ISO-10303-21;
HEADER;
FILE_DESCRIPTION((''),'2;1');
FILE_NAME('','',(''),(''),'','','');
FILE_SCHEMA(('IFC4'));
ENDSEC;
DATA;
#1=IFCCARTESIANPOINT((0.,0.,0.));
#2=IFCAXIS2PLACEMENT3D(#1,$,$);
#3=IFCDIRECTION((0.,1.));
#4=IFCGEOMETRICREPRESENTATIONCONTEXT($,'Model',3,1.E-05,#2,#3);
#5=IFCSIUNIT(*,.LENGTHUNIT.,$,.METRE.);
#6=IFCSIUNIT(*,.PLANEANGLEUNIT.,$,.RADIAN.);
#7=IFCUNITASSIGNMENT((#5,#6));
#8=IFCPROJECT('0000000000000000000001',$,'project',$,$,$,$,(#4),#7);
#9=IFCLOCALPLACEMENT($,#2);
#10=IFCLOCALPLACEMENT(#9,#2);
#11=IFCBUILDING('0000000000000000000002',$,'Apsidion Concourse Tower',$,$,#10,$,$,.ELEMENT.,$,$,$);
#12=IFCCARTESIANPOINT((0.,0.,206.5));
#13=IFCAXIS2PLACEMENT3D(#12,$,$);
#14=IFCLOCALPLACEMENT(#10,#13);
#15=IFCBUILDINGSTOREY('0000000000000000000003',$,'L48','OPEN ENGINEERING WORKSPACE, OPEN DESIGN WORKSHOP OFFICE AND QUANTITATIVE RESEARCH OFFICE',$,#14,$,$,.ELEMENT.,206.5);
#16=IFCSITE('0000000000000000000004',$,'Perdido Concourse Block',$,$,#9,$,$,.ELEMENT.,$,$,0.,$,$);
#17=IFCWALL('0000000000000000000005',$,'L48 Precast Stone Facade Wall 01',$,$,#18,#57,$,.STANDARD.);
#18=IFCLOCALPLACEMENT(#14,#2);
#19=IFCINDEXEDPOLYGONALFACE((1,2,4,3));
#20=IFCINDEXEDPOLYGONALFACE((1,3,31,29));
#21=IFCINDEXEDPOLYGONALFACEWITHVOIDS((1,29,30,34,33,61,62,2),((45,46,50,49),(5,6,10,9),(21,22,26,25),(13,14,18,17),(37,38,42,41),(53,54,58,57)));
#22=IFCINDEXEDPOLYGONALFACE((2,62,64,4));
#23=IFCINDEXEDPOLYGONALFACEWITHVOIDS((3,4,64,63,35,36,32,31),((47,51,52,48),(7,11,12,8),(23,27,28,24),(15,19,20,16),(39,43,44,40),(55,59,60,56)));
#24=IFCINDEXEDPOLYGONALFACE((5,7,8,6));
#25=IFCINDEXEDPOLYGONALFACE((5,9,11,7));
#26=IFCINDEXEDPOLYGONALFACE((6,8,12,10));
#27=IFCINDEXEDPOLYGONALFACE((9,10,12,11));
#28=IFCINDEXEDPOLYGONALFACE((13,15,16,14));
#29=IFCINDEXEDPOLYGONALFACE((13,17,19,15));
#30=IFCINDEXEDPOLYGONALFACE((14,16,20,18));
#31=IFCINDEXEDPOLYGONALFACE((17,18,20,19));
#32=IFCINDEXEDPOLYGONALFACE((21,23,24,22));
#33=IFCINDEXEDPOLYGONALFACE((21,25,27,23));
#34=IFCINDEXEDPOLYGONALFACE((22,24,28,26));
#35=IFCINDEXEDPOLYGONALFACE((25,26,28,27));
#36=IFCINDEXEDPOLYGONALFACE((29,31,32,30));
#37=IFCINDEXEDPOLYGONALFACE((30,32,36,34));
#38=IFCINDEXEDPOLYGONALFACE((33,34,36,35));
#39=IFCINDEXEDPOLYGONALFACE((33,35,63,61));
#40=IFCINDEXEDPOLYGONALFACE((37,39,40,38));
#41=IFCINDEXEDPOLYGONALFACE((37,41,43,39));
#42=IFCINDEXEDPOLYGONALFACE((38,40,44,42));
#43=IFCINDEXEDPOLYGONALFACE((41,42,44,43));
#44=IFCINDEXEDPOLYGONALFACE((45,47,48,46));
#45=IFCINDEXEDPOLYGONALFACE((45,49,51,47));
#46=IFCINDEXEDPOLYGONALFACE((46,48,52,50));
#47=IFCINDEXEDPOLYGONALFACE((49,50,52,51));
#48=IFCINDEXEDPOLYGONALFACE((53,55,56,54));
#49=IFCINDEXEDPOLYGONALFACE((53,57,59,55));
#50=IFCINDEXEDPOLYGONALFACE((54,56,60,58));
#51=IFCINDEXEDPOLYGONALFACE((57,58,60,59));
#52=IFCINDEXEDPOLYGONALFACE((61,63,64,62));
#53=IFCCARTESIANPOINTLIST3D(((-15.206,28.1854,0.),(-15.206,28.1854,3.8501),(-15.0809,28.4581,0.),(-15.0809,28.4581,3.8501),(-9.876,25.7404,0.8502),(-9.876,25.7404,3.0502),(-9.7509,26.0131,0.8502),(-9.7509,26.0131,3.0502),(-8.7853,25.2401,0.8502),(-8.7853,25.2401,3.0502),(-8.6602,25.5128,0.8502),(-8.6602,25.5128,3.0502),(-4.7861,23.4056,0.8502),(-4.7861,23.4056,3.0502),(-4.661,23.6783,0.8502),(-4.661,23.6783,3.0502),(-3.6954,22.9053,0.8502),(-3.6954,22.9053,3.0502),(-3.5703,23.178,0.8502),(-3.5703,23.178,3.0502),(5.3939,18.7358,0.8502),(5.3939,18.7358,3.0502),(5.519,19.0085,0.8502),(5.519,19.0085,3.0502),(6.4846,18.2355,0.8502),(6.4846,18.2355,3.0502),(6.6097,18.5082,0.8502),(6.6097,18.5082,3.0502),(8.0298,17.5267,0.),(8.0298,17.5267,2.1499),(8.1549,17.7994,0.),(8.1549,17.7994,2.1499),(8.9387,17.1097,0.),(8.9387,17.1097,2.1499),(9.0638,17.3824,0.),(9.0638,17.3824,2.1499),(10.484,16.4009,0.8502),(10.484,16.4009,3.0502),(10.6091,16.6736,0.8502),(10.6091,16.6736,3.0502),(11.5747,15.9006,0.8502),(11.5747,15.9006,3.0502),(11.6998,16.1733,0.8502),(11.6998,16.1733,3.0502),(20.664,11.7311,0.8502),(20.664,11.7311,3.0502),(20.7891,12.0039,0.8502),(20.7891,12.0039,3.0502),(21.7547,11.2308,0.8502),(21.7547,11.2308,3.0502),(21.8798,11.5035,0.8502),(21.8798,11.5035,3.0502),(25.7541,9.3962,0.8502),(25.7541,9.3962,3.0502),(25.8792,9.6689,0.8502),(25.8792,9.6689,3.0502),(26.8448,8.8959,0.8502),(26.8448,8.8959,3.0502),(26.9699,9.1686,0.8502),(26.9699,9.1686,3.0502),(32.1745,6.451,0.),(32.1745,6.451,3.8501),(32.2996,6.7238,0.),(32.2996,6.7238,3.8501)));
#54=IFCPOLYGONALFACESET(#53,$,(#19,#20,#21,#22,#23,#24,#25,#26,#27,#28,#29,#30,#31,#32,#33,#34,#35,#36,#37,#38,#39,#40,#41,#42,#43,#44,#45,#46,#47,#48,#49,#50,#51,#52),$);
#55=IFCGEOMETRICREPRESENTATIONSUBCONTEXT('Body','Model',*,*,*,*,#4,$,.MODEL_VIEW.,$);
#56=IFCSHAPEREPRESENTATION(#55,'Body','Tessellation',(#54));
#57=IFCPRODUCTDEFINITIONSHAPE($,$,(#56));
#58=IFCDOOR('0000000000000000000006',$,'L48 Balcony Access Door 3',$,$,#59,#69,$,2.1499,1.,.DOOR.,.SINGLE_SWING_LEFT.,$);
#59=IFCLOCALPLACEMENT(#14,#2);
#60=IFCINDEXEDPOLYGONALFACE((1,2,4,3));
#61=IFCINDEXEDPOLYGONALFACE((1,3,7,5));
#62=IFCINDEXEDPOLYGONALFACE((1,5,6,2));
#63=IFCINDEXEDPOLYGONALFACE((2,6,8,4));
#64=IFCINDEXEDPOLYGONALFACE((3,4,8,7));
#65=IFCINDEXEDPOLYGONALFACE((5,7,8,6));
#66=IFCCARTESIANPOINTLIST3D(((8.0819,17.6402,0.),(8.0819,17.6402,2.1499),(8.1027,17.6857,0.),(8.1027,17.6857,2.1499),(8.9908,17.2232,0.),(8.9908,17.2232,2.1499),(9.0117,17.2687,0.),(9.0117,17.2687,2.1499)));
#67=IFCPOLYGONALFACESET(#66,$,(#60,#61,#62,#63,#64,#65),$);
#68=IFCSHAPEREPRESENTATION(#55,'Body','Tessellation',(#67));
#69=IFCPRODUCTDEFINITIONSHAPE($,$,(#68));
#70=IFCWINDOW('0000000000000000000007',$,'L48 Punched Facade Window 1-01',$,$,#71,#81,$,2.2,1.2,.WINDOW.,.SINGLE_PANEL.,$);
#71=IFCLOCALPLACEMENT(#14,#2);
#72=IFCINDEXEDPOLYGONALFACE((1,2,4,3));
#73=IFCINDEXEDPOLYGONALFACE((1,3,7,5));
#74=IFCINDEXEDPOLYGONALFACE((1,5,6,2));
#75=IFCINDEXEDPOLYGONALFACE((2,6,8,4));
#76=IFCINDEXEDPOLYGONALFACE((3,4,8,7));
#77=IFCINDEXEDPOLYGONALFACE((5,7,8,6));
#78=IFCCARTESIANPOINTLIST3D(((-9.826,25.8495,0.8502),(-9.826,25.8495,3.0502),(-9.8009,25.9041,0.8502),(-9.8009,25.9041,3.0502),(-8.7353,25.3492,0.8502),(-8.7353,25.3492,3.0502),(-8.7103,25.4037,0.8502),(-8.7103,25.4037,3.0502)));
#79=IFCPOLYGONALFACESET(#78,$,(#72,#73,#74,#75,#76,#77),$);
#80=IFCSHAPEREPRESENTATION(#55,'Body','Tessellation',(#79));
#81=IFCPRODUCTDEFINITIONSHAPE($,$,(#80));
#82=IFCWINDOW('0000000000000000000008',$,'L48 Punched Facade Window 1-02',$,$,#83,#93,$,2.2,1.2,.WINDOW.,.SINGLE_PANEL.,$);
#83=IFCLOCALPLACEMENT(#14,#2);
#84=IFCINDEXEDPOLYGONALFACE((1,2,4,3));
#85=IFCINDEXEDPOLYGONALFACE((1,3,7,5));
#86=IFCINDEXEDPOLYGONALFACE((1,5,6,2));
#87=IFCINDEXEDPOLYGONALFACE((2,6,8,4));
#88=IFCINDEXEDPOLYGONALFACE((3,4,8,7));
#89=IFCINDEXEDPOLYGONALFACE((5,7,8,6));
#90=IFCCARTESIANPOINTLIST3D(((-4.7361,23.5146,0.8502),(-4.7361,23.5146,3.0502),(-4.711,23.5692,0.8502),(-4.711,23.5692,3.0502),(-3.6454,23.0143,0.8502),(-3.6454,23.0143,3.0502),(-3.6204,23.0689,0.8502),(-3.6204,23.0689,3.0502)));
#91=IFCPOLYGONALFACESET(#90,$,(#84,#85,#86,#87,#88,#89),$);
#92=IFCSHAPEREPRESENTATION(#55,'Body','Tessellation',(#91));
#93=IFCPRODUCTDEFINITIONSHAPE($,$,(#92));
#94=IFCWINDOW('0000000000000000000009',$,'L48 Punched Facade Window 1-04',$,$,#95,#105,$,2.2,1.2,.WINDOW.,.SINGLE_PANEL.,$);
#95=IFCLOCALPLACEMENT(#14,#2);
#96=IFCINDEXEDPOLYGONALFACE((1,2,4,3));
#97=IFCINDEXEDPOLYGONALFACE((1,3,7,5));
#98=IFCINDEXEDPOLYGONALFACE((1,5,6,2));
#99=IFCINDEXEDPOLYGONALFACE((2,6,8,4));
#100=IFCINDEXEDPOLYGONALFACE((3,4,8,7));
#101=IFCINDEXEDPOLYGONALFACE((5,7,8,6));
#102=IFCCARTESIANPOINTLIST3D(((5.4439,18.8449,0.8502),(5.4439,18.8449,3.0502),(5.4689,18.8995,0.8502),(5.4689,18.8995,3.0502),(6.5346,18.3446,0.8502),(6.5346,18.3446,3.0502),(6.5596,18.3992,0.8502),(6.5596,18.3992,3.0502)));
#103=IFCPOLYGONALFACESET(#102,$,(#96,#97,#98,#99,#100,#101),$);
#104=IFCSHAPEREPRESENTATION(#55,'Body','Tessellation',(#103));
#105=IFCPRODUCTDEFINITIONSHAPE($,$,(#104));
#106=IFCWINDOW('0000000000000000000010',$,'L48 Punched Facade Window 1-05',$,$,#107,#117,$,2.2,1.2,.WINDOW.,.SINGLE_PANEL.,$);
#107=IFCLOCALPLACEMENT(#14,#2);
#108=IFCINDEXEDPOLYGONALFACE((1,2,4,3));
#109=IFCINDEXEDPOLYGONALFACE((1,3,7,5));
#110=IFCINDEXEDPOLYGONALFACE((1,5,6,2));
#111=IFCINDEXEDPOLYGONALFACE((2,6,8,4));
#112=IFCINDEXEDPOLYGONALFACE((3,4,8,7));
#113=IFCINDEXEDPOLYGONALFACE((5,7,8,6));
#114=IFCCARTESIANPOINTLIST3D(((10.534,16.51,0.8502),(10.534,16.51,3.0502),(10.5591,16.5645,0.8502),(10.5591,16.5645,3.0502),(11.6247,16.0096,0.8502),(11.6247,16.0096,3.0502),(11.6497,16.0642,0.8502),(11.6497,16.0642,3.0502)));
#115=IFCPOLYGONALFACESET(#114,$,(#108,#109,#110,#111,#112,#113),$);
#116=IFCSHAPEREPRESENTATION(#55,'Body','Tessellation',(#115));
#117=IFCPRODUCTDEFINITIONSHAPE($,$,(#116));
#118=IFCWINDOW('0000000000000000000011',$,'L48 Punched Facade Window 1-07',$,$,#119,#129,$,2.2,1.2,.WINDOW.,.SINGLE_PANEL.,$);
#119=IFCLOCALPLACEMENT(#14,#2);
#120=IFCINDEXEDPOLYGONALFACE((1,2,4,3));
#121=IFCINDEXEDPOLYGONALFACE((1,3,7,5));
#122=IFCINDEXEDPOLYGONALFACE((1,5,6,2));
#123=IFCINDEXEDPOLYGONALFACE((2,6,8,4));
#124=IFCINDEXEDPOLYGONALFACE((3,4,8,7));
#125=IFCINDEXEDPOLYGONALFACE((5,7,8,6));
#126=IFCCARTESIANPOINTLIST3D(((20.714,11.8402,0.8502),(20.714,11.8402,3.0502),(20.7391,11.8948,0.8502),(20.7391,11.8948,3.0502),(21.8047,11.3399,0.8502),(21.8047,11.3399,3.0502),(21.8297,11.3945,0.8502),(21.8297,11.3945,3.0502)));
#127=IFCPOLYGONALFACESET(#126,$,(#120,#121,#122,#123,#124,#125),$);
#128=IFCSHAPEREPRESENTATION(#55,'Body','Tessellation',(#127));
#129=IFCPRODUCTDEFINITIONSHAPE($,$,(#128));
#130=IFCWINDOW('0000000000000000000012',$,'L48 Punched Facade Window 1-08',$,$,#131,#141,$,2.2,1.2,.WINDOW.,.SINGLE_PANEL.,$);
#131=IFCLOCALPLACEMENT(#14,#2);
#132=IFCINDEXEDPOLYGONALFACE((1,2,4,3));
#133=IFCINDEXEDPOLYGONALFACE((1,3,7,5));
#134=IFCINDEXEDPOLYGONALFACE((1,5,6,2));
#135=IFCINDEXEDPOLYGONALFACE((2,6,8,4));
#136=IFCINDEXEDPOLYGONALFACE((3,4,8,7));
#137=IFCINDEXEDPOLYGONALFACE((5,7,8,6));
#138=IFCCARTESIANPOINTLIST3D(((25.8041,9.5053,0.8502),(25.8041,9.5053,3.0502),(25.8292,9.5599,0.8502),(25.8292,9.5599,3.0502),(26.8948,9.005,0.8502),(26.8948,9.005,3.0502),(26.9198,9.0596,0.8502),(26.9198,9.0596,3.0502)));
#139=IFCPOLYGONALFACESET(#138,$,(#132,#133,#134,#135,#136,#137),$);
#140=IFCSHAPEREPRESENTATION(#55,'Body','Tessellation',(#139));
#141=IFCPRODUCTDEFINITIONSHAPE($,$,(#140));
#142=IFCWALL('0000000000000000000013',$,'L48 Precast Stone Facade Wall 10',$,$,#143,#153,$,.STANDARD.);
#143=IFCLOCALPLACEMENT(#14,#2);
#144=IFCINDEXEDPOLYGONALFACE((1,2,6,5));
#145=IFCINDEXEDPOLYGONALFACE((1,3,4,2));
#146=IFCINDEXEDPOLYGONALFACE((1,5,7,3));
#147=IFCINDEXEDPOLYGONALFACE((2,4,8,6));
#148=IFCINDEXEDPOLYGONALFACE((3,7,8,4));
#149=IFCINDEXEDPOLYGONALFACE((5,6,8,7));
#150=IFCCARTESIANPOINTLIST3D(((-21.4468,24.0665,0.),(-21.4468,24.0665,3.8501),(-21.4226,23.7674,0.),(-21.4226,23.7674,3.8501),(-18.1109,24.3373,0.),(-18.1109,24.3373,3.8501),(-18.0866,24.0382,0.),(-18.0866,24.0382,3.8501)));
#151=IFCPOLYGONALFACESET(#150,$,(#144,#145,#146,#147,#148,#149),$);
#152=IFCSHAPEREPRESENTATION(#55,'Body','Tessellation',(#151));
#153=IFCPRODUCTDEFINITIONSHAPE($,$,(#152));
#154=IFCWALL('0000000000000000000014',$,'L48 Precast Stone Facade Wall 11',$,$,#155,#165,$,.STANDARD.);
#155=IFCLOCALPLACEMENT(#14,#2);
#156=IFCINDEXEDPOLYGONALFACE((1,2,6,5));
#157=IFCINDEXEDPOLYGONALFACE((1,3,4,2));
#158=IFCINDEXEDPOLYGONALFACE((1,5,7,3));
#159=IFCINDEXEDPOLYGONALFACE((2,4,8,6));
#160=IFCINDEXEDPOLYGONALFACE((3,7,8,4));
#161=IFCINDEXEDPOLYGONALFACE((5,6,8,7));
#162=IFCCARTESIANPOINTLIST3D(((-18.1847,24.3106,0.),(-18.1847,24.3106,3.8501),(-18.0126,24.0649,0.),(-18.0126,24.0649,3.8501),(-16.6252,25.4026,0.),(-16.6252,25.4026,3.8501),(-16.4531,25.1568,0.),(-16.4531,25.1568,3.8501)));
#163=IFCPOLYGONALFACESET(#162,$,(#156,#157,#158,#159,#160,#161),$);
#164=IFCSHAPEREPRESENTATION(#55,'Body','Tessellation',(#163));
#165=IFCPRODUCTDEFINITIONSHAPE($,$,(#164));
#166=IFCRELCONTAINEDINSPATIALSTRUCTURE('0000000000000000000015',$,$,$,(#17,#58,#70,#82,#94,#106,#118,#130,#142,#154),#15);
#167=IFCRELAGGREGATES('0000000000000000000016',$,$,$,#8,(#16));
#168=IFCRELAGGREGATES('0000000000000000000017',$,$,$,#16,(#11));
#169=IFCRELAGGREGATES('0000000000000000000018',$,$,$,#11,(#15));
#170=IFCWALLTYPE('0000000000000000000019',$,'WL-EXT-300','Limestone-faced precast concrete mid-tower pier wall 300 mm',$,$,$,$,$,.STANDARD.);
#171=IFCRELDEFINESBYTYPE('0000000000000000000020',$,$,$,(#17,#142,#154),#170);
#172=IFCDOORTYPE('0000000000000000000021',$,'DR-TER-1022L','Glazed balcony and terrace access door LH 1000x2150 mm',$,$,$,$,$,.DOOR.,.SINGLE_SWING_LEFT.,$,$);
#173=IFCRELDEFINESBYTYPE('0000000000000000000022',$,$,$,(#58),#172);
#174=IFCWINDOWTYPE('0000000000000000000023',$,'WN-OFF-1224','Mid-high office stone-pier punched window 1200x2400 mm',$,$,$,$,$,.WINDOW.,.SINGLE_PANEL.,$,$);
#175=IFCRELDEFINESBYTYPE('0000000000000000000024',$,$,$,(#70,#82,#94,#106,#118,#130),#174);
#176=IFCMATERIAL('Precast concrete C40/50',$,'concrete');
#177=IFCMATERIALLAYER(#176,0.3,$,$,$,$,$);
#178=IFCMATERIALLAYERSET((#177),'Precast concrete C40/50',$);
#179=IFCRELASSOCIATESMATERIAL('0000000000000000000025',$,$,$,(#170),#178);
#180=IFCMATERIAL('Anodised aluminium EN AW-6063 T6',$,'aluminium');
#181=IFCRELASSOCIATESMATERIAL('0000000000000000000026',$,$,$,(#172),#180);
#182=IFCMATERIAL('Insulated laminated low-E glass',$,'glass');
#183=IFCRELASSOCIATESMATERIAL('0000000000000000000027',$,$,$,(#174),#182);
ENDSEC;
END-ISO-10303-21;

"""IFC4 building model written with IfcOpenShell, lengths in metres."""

from ifc_helpers import new_model, si_unit, direction, frame, frame_2d, origin, place, context, subcontext, project, spatial, rectangle, extrude, material, layer, layer_set, type_object, element, fill, save


model = new_model("IFC4")

# Units and contexts
model_context = context("Model", 3, precision=1e-05, world=origin(), true_north=direction((0.0, 1.0)))
body_context = subcontext(model_context, "Body", "Model", "MODEL_VIEW")
ifc_project = project(units=[si_unit("LENGTHUNIT", "METRE"), si_unit("PLANEANGLEUNIT", "RADIAN")], contexts=[model_context])

# Site, building, storey
site_placement = place(None, origin())
site = spatial("IfcSite", under=ifc_project, at=site_placement, Name="Perdido Concourse Block", CompositionType="ELEMENT", RefElevation=0.0)
building_placement = place(site_placement, origin())
building = spatial("IfcBuilding", under=site, at=building_placement, Name="Apsidion Concourse Tower", CompositionType="ELEMENT")
storey_placement = place(building_placement, frame((0.0, 0.0, 206.5)))
storey = spatial("IfcBuildingStorey", under=building, at=storey_placement, Name="L48", Description="OPEN ENGINEERING WORKSPACE, OPEN DESIGN WORKSHOP OFFICE AND QUANTITATIVE RESEARCH OFFICE", CompositionType="ELEMENT", Elevation=206.5)

# Wall, openings, door, windows
ifc_material_1 = material(Name="Precast concrete C40/50", Category="concrete")
ifc_layer = layer(ifc_material_1, 0.3)
ifc_layer_set = layer_set([ifc_layer], Name="Precast concrete C40/50")
wall_type = type_object("IfcWallType", Name="WL-EXT-300", Description="Limestone-faced precast concrete mid-tower pier wall 300 mm", PredefinedType="STANDARD", material=ifc_layer_set)
wall_1_placement = place(storey_placement, frame((-15.1436, 28.3218, 0.0), z_axis=(0.0, 0.0, 1.0), x_axis=(0.908932, -0.416944, 0.0)))
wall_1 = element("IfcWall", 1, at=wall_1_placement, inside=storey, type_object=wall_type, Name="L48 Precast Stone Facade Wall 01", PredefinedType="STANDARD", context=body_context, shape_type="SweptSolid", body=[
    extrude(rectangle(XDim=52.1277, YDim=0.3, at=frame_2d((26.064, 0.0))), origin(), (0.0, 0.0, 1.0), 3.8501),
])
opening_1_placement = place(wall_1_placement, frame((25.564, 0.0, 0.0)))
opening_1 = element("IfcOpeningElement", 2, at=opening_1_placement, cuts=wall_1, PredefinedType="OPENING", context=body_context, shape_type="SweptSolid", body=[
    extrude(rectangle(XDim=1.0, YDim=2.1499, at=frame_2d((0.5, 1.075))), frame((0.0, 0.1602, 0.0), z_axis=(0.0, -1.0, 0.0), x_axis=(1.0, 0.0, 0.0)), (0.0, 0.0, 1.0), 0.3201),
])
opening_2_placement = place(wall_1_placement, frame((5.864, 0.0, 0.8501)))
opening_2 = element("IfcOpeningElement", 3, at=opening_2_placement, cuts=wall_1, PredefinedType="OPENING", context=body_context, shape_type="SweptSolid", body=[
    extrude(rectangle(XDim=1.2, YDim=2.2, at=frame_2d((0.6001, 1.1001))), frame((0.0, 0.1602, 0.0), z_axis=(0.0, -1.0, 0.0), x_axis=(1.0, 0.0, 0.0)), (0.0, 0.0, 1.0), 0.3201),
])
opening_3_placement = place(wall_1_placement, frame((11.4639, 0.0, 0.8501)))
opening_3 = element("IfcOpeningElement", 4, at=opening_3_placement, cuts=wall_1, PredefinedType="OPENING", context=body_context, shape_type="SweptSolid", body=[
    extrude(rectangle(XDim=1.2, YDim=2.2, at=frame_2d((0.6001, 1.1001))), frame((0.0, 0.1602, 0.0), z_axis=(0.0, -1.0, 0.0), x_axis=(1.0, 0.0, 0.0)), (0.0, 0.0, 1.0), 0.3201),
])
opening_4_placement = place(wall_1_placement, frame((22.6638, 0.0, 0.8501)))
opening_4 = element("IfcOpeningElement", 5, at=opening_4_placement, cuts=wall_1, PredefinedType="OPENING", context=body_context, shape_type="SweptSolid", body=[
    extrude(rectangle(XDim=1.2, YDim=2.2, at=frame_2d((0.6001, 1.1001))), frame((0.0, 0.1602, 0.0), z_axis=(0.0, -1.0, 0.0), x_axis=(1.0, 0.0, 0.0)), (0.0, 0.0, 1.0), 0.3201),
])
opening_5_placement = place(wall_1_placement, frame((28.2639, 0.0, 0.8501)))
opening_5 = element("IfcOpeningElement", 6, at=opening_5_placement, cuts=wall_1, PredefinedType="OPENING", context=body_context, shape_type="SweptSolid", body=[
    extrude(rectangle(XDim=1.2, YDim=2.2, at=frame_2d((0.6001, 1.1001))), frame((0.0, 0.1602, 0.0), z_axis=(0.0, -1.0, 0.0), x_axis=(1.0, 0.0, 0.0)), (0.0, 0.0, 1.0), 0.3201),
])
opening_6_placement = place(wall_1_placement, frame((39.4639, 0.0, 0.8501)))
opening_6 = element("IfcOpeningElement", 7, at=opening_6_placement, cuts=wall_1, PredefinedType="OPENING", context=body_context, shape_type="SweptSolid", body=[
    extrude(rectangle(XDim=1.2, YDim=2.2, at=frame_2d((0.6001, 1.1001))), frame((0.0, 0.1602, 0.0), z_axis=(0.0, -1.0, 0.0), x_axis=(1.0, 0.0, 0.0)), (0.0, 0.0, 1.0), 0.3201),
])
opening_7_placement = place(wall_1_placement, frame((45.064, 0.0, 0.8501)))
opening_7 = element("IfcOpeningElement", 8, at=opening_7_placement, cuts=wall_1, PredefinedType="OPENING", context=body_context, shape_type="SweptSolid", body=[
    extrude(rectangle(XDim=1.2, YDim=2.2, at=frame_2d((0.6001, 1.1001))), frame((0.0, 0.1602, 0.0), z_axis=(0.0, -1.0, 0.0), x_axis=(1.0, 0.0, 0.0)), (0.0, 0.0, 1.0), 0.3201),
])
ifc_material_2 = material(Name="Anodised aluminium EN AW-6063 T6", Category="aluminium")
door_type = type_object("IfcDoorType", Name="DR-TER-1022L", Description="Glazed balcony and terrace access door LH 1000x2150 mm", OperationType="SINGLE_SWING_LEFT", PredefinedType="DOOR", material=ifc_material_2)
door_placement = place(opening_1_placement, origin())
door = element("IfcDoor", 9, at=door_placement, inside=storey, type_object=door_type, Name="L48 Balcony Access Door 3", OperationType="SINGLE_SWING_LEFT", OverallHeight=2.1499, OverallWidth=1.0, PredefinedType="DOOR", context=body_context, shape_type="SweptSolid", body=[
    extrude(rectangle(XDim=1.0, YDim=2.1499, at=frame_2d((0.5, 1.075))), frame((0.0, 0.0249, 0.0), z_axis=(0.0, -1.0, 0.0), x_axis=(1.0, 0.0, 0.0)), (0.0, 0.0, 1.0), 0.05),
])
fill(opening_1, door)
ifc_material_3 = material(Name="Insulated laminated low-E glass", Category="glass")
window_type = type_object("IfcWindowType", Name="WN-OFF-1224", Description="Mid-high office stone-pier punched window 1200x2400 mm", PartitioningType="SINGLE_PANEL", PredefinedType="WINDOW", material=ifc_material_3)
window_1_placement = place(opening_2_placement, origin())
window_1 = element("IfcWindow", 10, at=window_1_placement, inside=storey, type_object=window_type, Name="L48 Punched Facade Window 1-01", OverallHeight=2.2, OverallWidth=1.2, PartitioningType="SINGLE_PANEL", PredefinedType="WINDOW", context=body_context, shape_type="SweptSolid", body=[
    extrude(rectangle(XDim=1.2, YDim=2.2, at=frame_2d((0.6001, 1.1001))), frame((0.0, 0.03, 0.0), z_axis=(0.0, -1.0, 0.0), x_axis=(1.0, 0.0, 0.0)), (0.0, 0.0, 1.0), 0.0601),
])
fill(opening_2, window_1)
window_2_placement = place(opening_3_placement, origin())
window_2 = element("IfcWindow", 11, at=window_2_placement, inside=storey, type_object=window_type, Name="L48 Punched Facade Window 1-02", OverallHeight=2.2, OverallWidth=1.2, PartitioningType="SINGLE_PANEL", PredefinedType="WINDOW", context=body_context, shape_type="SweptSolid", body=[
    extrude(rectangle(XDim=1.2, YDim=2.2, at=frame_2d((0.6001, 1.1001))), frame((0.0, 0.03, 0.0), z_axis=(0.0, -1.0, 0.0), x_axis=(1.0, 0.0, 0.0)), (0.0, 0.0, 1.0), 0.0601),
])
fill(opening_3, window_2)
window_3_placement = place(opening_4_placement, origin())
window_3 = element("IfcWindow", 12, at=window_3_placement, inside=storey, type_object=window_type, Name="L48 Punched Facade Window 1-04", OverallHeight=2.2, OverallWidth=1.2, PartitioningType="SINGLE_PANEL", PredefinedType="WINDOW", context=body_context, shape_type="SweptSolid", body=[
    extrude(rectangle(XDim=1.2, YDim=2.2, at=frame_2d((0.6001, 1.1001))), frame((0.0, 0.03, 0.0), z_axis=(0.0, -1.0, 0.0), x_axis=(1.0, 0.0, 0.0)), (0.0, 0.0, 1.0), 0.0601),
])
fill(opening_4, window_3)
window_4_placement = place(opening_5_placement, origin())
window_4 = element("IfcWindow", 13, at=window_4_placement, inside=storey, type_object=window_type, Name="L48 Punched Facade Window 1-05", OverallHeight=2.2, OverallWidth=1.2, PartitioningType="SINGLE_PANEL", PredefinedType="WINDOW", context=body_context, shape_type="SweptSolid", body=[
    extrude(rectangle(XDim=1.2, YDim=2.2, at=frame_2d((0.6001, 1.1001))), frame((0.0, 0.03, 0.0), z_axis=(0.0, -1.0, 0.0), x_axis=(1.0, 0.0, 0.0)), (0.0, 0.0, 1.0), 0.0601),
])
fill(opening_5, window_4)
window_5_placement = place(opening_6_placement, origin())
window_5 = element("IfcWindow", 14, at=window_5_placement, inside=storey, type_object=window_type, Name="L48 Punched Facade Window 1-07", OverallHeight=2.2, OverallWidth=1.2, PartitioningType="SINGLE_PANEL", PredefinedType="WINDOW", context=body_context, shape_type="SweptSolid", body=[
    extrude(rectangle(XDim=1.2, YDim=2.2, at=frame_2d((0.6001, 1.1001))), frame((0.0, 0.03, 0.0), z_axis=(0.0, -1.0, 0.0), x_axis=(1.0, 0.0, 0.0)), (0.0, 0.0, 1.0), 0.0601),
])
fill(opening_6, window_5)
window_6_placement = place(opening_7_placement, origin())
window_6 = element("IfcWindow", 15, at=window_6_placement, inside=storey, type_object=window_type, Name="L48 Punched Facade Window 1-08", OverallHeight=2.2, OverallWidth=1.2, PartitioningType="SINGLE_PANEL", PredefinedType="WINDOW", context=body_context, shape_type="SweptSolid", body=[
    extrude(rectangle(XDim=1.2, YDim=2.2, at=frame_2d((0.6001, 1.1001))), frame((0.0, 0.03, 0.0), z_axis=(0.0, -1.0, 0.0), x_axis=(1.0, 0.0, 0.0)), (0.0, 0.0, 1.0), 0.0601),
])
fill(opening_7, window_6)

# Walls
wall_2_placement = place(storey_placement, frame((-21.4346, 23.917, 0.0), z_axis=(0.0, 0.0, 1.0), x_axis=(0.996723, 0.080896, 0.0)))
element("IfcWall", 16, at=wall_2_placement, inside=storey, type_object=wall_type, Name="L48 Precast Stone Facade Wall 10", PredefinedType="STANDARD", context=body_context, shape_type="SweptSolid", body=[
    extrude(rectangle(XDim=3.3469, YDim=0.3, at=frame_2d((1.6733, 0.0))), origin(), (0.0, 0.0, 1.0), 3.8501),
])
wall_3_placement = place(storey_placement, frame((-18.0986, 24.1877, 0.0), z_axis=(0.0, 0.0, 1.0), x_axis=(0.819148, 0.573583, 0.0)))
element("IfcWall", 17, at=wall_3_placement, inside=storey, type_object=wall_type, Name="L48 Precast Stone Facade Wall 11", PredefinedType="STANDARD", context=body_context, shape_type="SweptSolid", body=[
    extrude(rectangle(XDim=1.9038, YDim=0.3, at=frame_2d((0.9519, 0.0))), origin(), (0.0, 0.0, 1.0), 3.8501),
])

save(model, "model.ifc")
